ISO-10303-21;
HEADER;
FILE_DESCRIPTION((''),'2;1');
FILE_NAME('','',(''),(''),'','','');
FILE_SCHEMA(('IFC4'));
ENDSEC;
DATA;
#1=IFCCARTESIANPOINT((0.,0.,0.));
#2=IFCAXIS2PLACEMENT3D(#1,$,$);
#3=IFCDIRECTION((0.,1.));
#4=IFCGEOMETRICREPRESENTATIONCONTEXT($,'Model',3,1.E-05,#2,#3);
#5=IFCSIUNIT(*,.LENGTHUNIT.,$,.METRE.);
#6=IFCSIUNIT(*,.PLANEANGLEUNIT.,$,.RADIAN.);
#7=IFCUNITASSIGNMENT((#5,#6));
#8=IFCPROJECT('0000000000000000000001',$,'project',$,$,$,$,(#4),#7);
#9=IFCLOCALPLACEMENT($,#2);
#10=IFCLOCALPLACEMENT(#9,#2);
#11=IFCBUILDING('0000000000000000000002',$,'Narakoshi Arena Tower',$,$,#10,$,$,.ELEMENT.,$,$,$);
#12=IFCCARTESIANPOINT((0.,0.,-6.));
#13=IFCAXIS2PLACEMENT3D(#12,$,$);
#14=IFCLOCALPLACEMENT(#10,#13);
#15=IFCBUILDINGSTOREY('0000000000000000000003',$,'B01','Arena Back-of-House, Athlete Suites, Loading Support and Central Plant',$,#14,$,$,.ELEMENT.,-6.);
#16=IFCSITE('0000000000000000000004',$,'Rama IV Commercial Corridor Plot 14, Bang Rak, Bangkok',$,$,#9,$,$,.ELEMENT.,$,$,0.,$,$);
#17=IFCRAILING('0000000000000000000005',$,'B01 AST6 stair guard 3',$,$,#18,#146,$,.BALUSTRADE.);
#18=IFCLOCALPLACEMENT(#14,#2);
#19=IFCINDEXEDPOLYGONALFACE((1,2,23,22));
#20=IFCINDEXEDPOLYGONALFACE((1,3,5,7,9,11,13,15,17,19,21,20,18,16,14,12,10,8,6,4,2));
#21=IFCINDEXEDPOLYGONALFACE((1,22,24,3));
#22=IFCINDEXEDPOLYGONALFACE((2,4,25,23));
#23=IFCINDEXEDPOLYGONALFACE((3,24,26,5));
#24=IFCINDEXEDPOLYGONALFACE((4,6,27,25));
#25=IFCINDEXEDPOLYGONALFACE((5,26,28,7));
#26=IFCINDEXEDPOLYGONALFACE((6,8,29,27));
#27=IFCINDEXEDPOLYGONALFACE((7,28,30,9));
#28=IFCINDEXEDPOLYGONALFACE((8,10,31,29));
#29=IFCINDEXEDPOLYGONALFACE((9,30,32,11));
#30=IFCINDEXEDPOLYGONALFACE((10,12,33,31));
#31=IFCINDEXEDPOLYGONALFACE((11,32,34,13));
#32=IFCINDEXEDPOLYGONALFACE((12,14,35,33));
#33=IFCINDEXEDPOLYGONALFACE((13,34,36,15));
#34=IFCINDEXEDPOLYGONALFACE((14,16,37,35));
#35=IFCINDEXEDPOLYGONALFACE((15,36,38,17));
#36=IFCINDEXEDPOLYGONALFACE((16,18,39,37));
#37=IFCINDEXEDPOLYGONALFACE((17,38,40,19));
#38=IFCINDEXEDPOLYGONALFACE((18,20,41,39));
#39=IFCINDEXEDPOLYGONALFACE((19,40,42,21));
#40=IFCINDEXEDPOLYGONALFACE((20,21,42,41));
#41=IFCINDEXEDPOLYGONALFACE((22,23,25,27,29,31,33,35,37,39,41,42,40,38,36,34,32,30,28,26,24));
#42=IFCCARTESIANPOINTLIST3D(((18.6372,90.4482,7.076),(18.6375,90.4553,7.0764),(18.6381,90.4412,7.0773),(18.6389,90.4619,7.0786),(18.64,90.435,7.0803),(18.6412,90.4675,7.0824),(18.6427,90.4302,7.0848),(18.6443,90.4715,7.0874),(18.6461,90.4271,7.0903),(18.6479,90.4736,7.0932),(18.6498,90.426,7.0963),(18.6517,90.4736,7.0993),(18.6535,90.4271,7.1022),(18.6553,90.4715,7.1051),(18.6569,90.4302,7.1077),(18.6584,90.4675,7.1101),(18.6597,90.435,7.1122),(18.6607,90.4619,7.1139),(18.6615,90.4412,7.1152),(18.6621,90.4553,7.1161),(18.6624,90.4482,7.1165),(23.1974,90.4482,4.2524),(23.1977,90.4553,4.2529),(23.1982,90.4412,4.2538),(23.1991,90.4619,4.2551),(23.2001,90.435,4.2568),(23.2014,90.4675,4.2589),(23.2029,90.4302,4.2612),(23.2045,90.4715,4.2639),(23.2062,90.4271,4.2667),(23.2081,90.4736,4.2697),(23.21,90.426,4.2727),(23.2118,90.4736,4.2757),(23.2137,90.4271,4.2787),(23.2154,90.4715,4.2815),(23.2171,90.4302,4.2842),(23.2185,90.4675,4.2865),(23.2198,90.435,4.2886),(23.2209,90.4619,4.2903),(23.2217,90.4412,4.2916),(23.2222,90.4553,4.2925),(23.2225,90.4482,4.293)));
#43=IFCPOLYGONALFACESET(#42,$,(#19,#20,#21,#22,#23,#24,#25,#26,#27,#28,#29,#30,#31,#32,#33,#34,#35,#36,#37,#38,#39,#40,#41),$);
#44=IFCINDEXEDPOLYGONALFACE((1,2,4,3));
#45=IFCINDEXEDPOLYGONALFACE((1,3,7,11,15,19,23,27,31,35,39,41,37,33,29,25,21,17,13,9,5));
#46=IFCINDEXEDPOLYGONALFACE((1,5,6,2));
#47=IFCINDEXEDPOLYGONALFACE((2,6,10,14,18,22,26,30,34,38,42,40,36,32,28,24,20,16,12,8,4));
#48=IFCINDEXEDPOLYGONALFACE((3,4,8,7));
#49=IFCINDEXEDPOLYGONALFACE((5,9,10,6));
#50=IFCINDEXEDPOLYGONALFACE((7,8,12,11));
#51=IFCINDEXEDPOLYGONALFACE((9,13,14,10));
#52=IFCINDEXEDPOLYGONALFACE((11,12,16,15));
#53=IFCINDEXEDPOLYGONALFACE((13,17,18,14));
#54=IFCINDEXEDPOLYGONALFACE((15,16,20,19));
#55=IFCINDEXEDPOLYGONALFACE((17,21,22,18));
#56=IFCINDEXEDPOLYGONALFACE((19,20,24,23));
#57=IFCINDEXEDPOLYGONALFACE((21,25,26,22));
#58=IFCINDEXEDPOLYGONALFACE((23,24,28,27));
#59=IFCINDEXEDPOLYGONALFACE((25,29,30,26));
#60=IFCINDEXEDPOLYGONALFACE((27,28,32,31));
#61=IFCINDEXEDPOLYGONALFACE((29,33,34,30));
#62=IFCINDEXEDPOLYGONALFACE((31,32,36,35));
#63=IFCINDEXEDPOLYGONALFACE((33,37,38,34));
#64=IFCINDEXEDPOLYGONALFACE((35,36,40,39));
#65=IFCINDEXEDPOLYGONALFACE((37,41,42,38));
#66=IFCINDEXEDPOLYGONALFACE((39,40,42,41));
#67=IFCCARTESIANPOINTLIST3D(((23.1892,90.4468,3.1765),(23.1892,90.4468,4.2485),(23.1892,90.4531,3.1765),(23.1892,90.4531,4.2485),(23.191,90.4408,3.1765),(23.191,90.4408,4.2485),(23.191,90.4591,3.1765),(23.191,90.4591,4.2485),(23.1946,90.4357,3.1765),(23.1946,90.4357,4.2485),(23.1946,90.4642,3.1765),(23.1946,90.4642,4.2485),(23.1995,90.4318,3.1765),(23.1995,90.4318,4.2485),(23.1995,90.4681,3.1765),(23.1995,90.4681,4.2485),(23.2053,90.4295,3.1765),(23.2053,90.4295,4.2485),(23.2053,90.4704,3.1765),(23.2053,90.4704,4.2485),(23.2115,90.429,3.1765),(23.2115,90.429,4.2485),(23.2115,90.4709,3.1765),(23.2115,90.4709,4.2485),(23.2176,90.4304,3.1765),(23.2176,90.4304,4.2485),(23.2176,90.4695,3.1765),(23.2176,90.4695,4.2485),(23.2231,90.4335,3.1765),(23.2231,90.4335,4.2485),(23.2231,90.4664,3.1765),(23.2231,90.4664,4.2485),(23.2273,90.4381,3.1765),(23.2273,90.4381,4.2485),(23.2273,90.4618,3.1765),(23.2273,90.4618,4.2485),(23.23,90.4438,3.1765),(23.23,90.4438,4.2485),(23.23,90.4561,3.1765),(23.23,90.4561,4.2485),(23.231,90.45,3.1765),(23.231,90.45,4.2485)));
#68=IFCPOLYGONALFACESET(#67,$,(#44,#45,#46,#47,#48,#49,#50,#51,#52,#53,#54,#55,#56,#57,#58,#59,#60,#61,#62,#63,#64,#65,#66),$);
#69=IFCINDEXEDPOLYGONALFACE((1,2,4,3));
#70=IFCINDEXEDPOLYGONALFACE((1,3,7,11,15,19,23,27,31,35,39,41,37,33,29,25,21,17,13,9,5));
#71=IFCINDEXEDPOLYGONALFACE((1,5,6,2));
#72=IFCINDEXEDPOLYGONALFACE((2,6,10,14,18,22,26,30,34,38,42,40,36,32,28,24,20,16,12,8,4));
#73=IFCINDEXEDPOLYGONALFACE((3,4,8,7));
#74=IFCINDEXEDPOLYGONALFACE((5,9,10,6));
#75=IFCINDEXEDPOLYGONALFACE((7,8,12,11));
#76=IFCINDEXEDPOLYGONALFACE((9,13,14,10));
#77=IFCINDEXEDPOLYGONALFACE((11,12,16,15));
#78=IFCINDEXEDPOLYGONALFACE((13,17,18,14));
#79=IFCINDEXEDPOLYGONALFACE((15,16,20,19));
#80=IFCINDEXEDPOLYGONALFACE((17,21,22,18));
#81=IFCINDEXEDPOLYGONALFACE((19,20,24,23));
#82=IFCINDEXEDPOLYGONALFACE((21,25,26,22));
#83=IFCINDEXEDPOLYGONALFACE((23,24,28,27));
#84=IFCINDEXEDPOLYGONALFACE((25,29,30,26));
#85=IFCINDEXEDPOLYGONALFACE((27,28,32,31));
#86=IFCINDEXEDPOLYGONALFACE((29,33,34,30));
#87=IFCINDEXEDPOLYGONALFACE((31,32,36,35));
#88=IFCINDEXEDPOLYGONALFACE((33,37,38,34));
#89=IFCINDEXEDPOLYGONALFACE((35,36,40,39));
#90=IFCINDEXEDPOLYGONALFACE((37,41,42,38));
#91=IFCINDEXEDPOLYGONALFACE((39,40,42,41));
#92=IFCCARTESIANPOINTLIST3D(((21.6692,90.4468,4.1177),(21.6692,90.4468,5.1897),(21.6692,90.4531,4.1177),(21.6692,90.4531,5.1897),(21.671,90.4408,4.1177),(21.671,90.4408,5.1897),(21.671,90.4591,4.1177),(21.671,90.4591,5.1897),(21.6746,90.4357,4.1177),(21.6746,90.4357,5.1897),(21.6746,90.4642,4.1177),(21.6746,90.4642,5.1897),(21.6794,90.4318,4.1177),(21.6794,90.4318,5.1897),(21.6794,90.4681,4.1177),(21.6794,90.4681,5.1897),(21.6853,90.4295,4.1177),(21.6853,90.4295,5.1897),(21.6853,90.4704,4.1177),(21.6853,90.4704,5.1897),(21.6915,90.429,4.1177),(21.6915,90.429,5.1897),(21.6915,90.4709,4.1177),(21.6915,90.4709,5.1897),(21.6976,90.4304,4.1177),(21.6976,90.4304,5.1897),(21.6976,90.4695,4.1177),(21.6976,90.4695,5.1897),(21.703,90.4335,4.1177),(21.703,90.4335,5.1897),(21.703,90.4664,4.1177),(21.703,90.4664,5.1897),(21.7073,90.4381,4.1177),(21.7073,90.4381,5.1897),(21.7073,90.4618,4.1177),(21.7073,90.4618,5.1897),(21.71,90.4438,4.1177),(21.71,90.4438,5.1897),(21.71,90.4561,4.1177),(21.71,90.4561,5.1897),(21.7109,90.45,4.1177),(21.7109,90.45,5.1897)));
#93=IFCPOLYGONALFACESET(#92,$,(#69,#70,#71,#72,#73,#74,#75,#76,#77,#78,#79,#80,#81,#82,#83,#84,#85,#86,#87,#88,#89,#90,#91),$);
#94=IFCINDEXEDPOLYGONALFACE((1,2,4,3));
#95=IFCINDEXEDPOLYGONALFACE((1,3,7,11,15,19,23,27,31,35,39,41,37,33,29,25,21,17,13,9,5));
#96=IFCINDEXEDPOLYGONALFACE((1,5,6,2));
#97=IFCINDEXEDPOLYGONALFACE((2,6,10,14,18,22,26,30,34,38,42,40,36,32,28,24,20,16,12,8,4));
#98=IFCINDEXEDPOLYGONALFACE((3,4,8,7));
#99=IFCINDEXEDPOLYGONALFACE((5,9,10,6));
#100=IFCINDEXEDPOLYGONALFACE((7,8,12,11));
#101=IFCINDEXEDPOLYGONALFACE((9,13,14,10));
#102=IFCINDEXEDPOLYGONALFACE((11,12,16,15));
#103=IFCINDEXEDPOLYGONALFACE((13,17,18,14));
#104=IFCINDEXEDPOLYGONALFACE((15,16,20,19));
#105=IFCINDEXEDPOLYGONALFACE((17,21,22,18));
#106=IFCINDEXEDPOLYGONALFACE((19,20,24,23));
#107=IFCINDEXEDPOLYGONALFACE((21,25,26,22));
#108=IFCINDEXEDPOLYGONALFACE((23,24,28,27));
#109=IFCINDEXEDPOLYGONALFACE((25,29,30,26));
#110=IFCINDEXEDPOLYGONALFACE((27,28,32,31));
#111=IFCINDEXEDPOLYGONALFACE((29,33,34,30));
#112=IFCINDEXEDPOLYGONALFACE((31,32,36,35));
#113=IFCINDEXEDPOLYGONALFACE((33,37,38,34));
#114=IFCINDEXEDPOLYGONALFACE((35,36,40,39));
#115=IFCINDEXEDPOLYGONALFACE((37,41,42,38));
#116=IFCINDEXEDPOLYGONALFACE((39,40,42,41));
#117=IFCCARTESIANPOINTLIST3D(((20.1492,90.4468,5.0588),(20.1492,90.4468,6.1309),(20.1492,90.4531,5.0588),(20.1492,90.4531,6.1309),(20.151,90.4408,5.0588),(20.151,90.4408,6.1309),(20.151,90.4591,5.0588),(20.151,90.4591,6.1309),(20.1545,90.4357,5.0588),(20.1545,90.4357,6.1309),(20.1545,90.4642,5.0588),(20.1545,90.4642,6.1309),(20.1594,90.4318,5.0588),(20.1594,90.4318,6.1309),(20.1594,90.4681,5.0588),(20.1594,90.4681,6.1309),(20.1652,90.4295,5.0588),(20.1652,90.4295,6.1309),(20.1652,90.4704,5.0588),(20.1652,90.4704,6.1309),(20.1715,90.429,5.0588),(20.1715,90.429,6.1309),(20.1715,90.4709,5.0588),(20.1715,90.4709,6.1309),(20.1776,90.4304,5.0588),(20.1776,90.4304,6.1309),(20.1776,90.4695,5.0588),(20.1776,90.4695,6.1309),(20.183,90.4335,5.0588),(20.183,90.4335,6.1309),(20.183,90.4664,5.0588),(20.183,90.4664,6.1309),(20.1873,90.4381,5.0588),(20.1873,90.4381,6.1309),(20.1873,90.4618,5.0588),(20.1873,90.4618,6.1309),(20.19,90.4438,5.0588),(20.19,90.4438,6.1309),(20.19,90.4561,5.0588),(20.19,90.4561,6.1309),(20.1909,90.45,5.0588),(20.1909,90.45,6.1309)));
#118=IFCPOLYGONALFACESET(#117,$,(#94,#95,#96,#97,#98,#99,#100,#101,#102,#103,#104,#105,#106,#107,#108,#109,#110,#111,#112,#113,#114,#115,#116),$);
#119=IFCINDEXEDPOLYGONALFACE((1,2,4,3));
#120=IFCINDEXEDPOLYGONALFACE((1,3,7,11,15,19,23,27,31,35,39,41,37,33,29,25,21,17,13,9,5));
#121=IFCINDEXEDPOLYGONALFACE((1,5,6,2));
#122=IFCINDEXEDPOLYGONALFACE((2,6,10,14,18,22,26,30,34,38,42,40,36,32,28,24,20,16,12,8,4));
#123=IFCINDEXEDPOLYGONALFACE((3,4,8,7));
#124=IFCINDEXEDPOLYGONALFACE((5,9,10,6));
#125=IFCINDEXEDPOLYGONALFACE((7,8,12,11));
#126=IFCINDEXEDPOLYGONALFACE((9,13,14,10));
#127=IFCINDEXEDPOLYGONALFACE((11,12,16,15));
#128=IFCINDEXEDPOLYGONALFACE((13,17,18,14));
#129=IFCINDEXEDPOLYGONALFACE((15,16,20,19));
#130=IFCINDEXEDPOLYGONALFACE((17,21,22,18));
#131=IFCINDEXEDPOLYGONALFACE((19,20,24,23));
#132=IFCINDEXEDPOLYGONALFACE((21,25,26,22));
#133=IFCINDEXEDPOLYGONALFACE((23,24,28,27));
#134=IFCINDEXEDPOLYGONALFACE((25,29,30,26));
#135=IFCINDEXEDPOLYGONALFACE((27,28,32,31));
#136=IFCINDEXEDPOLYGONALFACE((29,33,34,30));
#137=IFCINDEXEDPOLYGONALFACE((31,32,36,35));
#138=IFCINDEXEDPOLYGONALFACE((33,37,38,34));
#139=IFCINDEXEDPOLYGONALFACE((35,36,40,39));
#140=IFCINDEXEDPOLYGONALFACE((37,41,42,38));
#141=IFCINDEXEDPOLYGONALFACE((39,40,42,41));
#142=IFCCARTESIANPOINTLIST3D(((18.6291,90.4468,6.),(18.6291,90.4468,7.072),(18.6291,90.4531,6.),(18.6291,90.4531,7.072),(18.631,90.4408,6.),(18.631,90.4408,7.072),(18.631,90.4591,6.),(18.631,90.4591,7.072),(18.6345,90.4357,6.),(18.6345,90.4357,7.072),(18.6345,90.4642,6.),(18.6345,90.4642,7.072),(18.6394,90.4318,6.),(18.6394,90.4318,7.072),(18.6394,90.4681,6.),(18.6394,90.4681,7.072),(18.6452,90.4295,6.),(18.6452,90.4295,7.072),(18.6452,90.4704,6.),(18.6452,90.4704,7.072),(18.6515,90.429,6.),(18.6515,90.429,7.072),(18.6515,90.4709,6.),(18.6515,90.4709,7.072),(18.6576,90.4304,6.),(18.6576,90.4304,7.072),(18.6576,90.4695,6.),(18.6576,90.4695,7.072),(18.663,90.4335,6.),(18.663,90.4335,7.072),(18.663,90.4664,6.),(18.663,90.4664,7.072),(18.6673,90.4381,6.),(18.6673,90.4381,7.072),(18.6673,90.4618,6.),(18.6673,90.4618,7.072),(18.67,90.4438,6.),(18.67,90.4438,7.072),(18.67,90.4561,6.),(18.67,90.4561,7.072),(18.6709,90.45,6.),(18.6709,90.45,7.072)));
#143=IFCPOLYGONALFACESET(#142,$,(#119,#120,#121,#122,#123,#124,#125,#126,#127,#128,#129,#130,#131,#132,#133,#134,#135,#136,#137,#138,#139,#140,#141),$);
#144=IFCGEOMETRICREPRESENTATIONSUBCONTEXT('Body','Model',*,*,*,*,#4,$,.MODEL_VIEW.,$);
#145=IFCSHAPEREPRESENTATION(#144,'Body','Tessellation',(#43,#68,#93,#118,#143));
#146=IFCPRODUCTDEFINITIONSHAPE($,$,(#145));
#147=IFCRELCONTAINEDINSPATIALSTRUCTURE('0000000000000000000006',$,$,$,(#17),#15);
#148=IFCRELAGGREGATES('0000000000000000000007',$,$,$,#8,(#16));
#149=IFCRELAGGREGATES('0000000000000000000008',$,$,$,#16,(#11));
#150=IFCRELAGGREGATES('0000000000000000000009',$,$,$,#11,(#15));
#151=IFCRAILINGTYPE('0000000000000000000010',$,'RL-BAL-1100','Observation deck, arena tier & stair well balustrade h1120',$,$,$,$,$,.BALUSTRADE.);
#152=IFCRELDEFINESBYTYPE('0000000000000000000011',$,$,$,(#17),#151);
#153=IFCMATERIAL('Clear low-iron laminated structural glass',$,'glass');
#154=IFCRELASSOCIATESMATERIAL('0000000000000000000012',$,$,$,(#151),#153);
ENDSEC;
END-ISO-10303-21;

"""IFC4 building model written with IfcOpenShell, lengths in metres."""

from ifc_helpers import new_model, si_unit, direction, frame, origin, origin_2d, place, context, subcontext, project, spatial, circle, extrude, material, type_object, element, save


model = new_model("IFC4")

# Units and contexts
model_context = context("Model", 3, precision=1e-05, world=origin(), true_north=direction((0.0, 1.0)))
body_context = subcontext(model_context, "Body", "Model", "MODEL_VIEW")
ifc_project = project(units=[si_unit("LENGTHUNIT", "METRE"), si_unit("PLANEANGLEUNIT", "RADIAN")], contexts=[model_context])

# Site, building, storey
site_placement = place(None, origin())
site = spatial("IfcSite", under=ifc_project, at=site_placement, Name="Rama IV Commercial Corridor Plot 14, Bang Rak, Bangkok", CompositionType="ELEMENT", RefElevation=0.0)
building_placement = place(site_placement, origin())
building = spatial("IfcBuilding", under=site, at=building_placement, Name="Narakoshi Arena Tower", CompositionType="ELEMENT")
storey_placement = place(building_placement, frame((0.0, 0.0, -6.0)))
storey = spatial("IfcBuildingStorey", under=building, at=storey_placement, Name="B01", Description="Arena Back-of-House, Athlete Suites, Loading Support and Central Plant", CompositionType="ELEMENT", Elevation=-6.0)

# Railing
ifc_material_1 = material(Name="Clear low-iron laminated structural glass", Category="glass")
railing_type_1 = type_object("IfcRailingType", Name="RL-BAL-1100", Description="Observation deck, arena tier & stair well balustrade h1120", PredefinedType="BALUSTRADE", material=ifc_material_1)
railing_1_placement = place(storey_placement, frame((23.21, 90.45, 3.1765)))
element("IfcRailing", 1, at=railing_1_placement, inside=storey, type_object=railing_type_1, Name="B01 AST6 stair guard 3", PredefinedType="BALUSTRADE", context=body_context, shape_type="SweptSolid", body=[
    extrude(circle(Radius=0.0239, at=origin_2d()), frame((0.0, 0.0, 1.0962), z_axis=(-0.850216, 0.0, 0.526435), x_axis=(0.0, -1.0, 0.0)), (0.0, 0.0, 1.0), 5.3635),
    extrude(circle(Radius=0.021, at=origin_2d()), origin(), (0.0, 0.0, 1.0), 1.072),
    extrude(circle(Radius=0.021, at=origin_2d()), frame((-1.52, 0.0, 0.9412)), (0.0, 0.0, 1.0), 1.072),
    extrude(circle(Radius=0.021, at=origin_2d()), frame((-3.04, 0.0, 1.8823)), (0.0, 0.0, 1.0), 1.072),
    extrude(circle(Radius=0.021, at=origin_2d()), frame((-4.5601, 0.0, 2.8235)), (0.0, 0.0, 1.0), 1.072),
])

save(model, "model.ifc")
